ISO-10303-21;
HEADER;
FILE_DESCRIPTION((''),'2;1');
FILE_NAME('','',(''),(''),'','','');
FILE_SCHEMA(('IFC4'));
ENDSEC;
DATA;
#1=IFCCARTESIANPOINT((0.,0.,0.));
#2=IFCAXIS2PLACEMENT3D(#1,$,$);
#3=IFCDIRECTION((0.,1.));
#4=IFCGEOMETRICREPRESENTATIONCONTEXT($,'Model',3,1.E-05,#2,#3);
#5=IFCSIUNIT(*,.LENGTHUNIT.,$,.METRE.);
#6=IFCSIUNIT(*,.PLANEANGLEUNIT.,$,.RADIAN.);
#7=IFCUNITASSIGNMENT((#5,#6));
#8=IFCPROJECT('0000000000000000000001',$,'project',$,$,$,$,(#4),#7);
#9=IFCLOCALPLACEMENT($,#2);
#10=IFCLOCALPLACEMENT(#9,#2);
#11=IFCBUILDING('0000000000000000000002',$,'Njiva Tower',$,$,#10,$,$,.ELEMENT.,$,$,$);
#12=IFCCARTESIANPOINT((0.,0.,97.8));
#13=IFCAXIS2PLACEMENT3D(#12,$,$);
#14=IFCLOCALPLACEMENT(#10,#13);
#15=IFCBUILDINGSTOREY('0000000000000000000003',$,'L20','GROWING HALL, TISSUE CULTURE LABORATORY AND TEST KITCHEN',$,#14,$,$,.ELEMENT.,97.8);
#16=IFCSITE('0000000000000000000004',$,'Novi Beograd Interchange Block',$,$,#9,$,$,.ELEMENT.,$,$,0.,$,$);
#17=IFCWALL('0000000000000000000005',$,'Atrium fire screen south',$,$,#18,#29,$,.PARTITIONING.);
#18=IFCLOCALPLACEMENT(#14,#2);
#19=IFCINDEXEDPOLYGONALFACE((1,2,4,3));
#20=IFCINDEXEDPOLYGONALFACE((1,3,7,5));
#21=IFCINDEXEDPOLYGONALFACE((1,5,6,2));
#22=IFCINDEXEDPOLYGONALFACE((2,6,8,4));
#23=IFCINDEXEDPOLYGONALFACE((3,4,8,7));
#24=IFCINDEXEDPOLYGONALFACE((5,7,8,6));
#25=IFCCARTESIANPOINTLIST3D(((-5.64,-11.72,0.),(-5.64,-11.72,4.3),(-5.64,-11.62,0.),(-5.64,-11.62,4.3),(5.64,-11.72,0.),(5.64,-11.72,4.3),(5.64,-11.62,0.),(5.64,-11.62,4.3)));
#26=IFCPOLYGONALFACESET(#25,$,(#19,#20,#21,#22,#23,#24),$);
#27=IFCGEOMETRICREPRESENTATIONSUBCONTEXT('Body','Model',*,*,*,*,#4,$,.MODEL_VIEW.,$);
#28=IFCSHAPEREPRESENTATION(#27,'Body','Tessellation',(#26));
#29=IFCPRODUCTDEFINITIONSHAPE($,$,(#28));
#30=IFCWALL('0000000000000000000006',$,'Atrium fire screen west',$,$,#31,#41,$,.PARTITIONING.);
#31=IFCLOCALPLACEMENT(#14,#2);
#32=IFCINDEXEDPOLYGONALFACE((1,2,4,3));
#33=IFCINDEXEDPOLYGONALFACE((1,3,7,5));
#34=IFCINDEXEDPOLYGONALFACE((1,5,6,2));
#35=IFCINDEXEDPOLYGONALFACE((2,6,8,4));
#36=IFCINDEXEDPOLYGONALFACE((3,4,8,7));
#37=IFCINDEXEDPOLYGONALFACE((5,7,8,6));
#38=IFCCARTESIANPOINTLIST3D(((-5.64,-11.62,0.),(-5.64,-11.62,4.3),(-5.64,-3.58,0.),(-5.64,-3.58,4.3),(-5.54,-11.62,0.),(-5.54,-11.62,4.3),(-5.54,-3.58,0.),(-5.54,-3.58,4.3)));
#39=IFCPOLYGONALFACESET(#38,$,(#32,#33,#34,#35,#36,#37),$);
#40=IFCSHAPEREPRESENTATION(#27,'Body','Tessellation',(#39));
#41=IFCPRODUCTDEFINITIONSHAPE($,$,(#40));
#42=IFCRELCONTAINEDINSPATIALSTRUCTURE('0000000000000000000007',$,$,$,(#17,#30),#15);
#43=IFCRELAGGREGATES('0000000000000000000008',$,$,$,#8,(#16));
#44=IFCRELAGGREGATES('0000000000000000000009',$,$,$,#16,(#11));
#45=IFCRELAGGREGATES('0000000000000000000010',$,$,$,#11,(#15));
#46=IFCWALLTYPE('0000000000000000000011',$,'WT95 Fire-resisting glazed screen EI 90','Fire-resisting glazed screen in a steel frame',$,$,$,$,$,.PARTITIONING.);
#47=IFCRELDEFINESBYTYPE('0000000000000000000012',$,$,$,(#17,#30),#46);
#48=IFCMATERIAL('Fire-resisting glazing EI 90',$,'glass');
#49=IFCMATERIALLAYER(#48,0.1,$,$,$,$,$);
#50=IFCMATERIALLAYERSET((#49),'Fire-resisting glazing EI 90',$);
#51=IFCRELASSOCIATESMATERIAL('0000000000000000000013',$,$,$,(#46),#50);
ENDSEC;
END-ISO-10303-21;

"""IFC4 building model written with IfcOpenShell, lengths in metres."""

from ifc_helpers import new_model, si_unit, direction, frame, frame_2d, origin, place, context, subcontext, project, spatial, rectangle, extrude, material, layer, layer_set, type_object, element, save


model = new_model("IFC4")

# Units and contexts
model_context = context("Model", 3, precision=1e-05, world=origin(), true_north=direction((0.0, 1.0)))
body_context = subcontext(model_context, "Body", "Model", "MODEL_VIEW")
ifc_project = project(units=[si_unit("LENGTHUNIT", "METRE"), si_unit("PLANEANGLEUNIT", "RADIAN")], contexts=[model_context])

# Site, building, storey
site_placement = place(None, origin())
site = spatial("IfcSite", under=ifc_project, at=site_placement, Name="Novi Beograd Interchange Block", CompositionType="ELEMENT", RefElevation=0.0)
building_placement = place(site_placement, origin())
building = spatial("IfcBuilding", under=site, at=building_placement, Name="Njiva Tower", CompositionType="ELEMENT")
storey_placement = place(building_placement, frame((0.0, 0.0, 97.8)))
storey = spatial("IfcBuildingStorey", under=building, at=storey_placement, Name="L20", Description="GROWING HALL, TISSUE CULTURE LABORATORY AND TEST KITCHEN", CompositionType="ELEMENT", Elevation=97.8)

# Walls
ifc_material_1 = material(Name="Fire-resisting glazing EI 90", Category="glass")
ifc_layer_1 = layer(ifc_material_1, 0.1)
ifc_layer_set_1 = layer_set([ifc_layer_1], Name="Fire-resisting glazing EI 90")
wall_type_1 = type_object("IfcWallType", Name="WT95 Fire-resisting glazed screen EI 90", Description="Fire-resisting glazed screen in a steel frame", PredefinedType="PARTITIONING", material=ifc_layer_set_1)
wall_1_placement = place(storey_placement, frame((-5.64, -11.67, 0.0), z_axis=(0.0, 0.0, 1.0), x_axis=(1.0, 0.0, 0.0)))
element("IfcWall", 1, at=wall_1_placement, inside=storey, type_object=wall_type_1, Name="Atrium fire screen south", PredefinedType="PARTITIONING", context=body_context, shape_type="SweptSolid", body=[
    extrude(rectangle(XDim=11.28, YDim=0.1, at=frame_2d((5.64, 0.0))), origin(), (0.0, 0.0, 1.0), 4.3),
])
wall_2_placement = place(storey_placement, frame((-5.59, -3.58, 0.0), z_axis=(0.0, 0.0, 1.0), x_axis=(0.0, -1.0, 0.0)))
element("IfcWall", 2, at=wall_2_placement, inside=storey, type_object=wall_type_1, Name="Atrium fire screen west", PredefinedType="PARTITIONING", context=body_context, shape_type="SweptSolid", body=[
    extrude(rectangle(XDim=8.04, YDim=0.1, at=frame_2d((4.02, 0.0))), origin(), (0.0, 0.0, 1.0), 4.3),
])

save(model, "model.ifc")
